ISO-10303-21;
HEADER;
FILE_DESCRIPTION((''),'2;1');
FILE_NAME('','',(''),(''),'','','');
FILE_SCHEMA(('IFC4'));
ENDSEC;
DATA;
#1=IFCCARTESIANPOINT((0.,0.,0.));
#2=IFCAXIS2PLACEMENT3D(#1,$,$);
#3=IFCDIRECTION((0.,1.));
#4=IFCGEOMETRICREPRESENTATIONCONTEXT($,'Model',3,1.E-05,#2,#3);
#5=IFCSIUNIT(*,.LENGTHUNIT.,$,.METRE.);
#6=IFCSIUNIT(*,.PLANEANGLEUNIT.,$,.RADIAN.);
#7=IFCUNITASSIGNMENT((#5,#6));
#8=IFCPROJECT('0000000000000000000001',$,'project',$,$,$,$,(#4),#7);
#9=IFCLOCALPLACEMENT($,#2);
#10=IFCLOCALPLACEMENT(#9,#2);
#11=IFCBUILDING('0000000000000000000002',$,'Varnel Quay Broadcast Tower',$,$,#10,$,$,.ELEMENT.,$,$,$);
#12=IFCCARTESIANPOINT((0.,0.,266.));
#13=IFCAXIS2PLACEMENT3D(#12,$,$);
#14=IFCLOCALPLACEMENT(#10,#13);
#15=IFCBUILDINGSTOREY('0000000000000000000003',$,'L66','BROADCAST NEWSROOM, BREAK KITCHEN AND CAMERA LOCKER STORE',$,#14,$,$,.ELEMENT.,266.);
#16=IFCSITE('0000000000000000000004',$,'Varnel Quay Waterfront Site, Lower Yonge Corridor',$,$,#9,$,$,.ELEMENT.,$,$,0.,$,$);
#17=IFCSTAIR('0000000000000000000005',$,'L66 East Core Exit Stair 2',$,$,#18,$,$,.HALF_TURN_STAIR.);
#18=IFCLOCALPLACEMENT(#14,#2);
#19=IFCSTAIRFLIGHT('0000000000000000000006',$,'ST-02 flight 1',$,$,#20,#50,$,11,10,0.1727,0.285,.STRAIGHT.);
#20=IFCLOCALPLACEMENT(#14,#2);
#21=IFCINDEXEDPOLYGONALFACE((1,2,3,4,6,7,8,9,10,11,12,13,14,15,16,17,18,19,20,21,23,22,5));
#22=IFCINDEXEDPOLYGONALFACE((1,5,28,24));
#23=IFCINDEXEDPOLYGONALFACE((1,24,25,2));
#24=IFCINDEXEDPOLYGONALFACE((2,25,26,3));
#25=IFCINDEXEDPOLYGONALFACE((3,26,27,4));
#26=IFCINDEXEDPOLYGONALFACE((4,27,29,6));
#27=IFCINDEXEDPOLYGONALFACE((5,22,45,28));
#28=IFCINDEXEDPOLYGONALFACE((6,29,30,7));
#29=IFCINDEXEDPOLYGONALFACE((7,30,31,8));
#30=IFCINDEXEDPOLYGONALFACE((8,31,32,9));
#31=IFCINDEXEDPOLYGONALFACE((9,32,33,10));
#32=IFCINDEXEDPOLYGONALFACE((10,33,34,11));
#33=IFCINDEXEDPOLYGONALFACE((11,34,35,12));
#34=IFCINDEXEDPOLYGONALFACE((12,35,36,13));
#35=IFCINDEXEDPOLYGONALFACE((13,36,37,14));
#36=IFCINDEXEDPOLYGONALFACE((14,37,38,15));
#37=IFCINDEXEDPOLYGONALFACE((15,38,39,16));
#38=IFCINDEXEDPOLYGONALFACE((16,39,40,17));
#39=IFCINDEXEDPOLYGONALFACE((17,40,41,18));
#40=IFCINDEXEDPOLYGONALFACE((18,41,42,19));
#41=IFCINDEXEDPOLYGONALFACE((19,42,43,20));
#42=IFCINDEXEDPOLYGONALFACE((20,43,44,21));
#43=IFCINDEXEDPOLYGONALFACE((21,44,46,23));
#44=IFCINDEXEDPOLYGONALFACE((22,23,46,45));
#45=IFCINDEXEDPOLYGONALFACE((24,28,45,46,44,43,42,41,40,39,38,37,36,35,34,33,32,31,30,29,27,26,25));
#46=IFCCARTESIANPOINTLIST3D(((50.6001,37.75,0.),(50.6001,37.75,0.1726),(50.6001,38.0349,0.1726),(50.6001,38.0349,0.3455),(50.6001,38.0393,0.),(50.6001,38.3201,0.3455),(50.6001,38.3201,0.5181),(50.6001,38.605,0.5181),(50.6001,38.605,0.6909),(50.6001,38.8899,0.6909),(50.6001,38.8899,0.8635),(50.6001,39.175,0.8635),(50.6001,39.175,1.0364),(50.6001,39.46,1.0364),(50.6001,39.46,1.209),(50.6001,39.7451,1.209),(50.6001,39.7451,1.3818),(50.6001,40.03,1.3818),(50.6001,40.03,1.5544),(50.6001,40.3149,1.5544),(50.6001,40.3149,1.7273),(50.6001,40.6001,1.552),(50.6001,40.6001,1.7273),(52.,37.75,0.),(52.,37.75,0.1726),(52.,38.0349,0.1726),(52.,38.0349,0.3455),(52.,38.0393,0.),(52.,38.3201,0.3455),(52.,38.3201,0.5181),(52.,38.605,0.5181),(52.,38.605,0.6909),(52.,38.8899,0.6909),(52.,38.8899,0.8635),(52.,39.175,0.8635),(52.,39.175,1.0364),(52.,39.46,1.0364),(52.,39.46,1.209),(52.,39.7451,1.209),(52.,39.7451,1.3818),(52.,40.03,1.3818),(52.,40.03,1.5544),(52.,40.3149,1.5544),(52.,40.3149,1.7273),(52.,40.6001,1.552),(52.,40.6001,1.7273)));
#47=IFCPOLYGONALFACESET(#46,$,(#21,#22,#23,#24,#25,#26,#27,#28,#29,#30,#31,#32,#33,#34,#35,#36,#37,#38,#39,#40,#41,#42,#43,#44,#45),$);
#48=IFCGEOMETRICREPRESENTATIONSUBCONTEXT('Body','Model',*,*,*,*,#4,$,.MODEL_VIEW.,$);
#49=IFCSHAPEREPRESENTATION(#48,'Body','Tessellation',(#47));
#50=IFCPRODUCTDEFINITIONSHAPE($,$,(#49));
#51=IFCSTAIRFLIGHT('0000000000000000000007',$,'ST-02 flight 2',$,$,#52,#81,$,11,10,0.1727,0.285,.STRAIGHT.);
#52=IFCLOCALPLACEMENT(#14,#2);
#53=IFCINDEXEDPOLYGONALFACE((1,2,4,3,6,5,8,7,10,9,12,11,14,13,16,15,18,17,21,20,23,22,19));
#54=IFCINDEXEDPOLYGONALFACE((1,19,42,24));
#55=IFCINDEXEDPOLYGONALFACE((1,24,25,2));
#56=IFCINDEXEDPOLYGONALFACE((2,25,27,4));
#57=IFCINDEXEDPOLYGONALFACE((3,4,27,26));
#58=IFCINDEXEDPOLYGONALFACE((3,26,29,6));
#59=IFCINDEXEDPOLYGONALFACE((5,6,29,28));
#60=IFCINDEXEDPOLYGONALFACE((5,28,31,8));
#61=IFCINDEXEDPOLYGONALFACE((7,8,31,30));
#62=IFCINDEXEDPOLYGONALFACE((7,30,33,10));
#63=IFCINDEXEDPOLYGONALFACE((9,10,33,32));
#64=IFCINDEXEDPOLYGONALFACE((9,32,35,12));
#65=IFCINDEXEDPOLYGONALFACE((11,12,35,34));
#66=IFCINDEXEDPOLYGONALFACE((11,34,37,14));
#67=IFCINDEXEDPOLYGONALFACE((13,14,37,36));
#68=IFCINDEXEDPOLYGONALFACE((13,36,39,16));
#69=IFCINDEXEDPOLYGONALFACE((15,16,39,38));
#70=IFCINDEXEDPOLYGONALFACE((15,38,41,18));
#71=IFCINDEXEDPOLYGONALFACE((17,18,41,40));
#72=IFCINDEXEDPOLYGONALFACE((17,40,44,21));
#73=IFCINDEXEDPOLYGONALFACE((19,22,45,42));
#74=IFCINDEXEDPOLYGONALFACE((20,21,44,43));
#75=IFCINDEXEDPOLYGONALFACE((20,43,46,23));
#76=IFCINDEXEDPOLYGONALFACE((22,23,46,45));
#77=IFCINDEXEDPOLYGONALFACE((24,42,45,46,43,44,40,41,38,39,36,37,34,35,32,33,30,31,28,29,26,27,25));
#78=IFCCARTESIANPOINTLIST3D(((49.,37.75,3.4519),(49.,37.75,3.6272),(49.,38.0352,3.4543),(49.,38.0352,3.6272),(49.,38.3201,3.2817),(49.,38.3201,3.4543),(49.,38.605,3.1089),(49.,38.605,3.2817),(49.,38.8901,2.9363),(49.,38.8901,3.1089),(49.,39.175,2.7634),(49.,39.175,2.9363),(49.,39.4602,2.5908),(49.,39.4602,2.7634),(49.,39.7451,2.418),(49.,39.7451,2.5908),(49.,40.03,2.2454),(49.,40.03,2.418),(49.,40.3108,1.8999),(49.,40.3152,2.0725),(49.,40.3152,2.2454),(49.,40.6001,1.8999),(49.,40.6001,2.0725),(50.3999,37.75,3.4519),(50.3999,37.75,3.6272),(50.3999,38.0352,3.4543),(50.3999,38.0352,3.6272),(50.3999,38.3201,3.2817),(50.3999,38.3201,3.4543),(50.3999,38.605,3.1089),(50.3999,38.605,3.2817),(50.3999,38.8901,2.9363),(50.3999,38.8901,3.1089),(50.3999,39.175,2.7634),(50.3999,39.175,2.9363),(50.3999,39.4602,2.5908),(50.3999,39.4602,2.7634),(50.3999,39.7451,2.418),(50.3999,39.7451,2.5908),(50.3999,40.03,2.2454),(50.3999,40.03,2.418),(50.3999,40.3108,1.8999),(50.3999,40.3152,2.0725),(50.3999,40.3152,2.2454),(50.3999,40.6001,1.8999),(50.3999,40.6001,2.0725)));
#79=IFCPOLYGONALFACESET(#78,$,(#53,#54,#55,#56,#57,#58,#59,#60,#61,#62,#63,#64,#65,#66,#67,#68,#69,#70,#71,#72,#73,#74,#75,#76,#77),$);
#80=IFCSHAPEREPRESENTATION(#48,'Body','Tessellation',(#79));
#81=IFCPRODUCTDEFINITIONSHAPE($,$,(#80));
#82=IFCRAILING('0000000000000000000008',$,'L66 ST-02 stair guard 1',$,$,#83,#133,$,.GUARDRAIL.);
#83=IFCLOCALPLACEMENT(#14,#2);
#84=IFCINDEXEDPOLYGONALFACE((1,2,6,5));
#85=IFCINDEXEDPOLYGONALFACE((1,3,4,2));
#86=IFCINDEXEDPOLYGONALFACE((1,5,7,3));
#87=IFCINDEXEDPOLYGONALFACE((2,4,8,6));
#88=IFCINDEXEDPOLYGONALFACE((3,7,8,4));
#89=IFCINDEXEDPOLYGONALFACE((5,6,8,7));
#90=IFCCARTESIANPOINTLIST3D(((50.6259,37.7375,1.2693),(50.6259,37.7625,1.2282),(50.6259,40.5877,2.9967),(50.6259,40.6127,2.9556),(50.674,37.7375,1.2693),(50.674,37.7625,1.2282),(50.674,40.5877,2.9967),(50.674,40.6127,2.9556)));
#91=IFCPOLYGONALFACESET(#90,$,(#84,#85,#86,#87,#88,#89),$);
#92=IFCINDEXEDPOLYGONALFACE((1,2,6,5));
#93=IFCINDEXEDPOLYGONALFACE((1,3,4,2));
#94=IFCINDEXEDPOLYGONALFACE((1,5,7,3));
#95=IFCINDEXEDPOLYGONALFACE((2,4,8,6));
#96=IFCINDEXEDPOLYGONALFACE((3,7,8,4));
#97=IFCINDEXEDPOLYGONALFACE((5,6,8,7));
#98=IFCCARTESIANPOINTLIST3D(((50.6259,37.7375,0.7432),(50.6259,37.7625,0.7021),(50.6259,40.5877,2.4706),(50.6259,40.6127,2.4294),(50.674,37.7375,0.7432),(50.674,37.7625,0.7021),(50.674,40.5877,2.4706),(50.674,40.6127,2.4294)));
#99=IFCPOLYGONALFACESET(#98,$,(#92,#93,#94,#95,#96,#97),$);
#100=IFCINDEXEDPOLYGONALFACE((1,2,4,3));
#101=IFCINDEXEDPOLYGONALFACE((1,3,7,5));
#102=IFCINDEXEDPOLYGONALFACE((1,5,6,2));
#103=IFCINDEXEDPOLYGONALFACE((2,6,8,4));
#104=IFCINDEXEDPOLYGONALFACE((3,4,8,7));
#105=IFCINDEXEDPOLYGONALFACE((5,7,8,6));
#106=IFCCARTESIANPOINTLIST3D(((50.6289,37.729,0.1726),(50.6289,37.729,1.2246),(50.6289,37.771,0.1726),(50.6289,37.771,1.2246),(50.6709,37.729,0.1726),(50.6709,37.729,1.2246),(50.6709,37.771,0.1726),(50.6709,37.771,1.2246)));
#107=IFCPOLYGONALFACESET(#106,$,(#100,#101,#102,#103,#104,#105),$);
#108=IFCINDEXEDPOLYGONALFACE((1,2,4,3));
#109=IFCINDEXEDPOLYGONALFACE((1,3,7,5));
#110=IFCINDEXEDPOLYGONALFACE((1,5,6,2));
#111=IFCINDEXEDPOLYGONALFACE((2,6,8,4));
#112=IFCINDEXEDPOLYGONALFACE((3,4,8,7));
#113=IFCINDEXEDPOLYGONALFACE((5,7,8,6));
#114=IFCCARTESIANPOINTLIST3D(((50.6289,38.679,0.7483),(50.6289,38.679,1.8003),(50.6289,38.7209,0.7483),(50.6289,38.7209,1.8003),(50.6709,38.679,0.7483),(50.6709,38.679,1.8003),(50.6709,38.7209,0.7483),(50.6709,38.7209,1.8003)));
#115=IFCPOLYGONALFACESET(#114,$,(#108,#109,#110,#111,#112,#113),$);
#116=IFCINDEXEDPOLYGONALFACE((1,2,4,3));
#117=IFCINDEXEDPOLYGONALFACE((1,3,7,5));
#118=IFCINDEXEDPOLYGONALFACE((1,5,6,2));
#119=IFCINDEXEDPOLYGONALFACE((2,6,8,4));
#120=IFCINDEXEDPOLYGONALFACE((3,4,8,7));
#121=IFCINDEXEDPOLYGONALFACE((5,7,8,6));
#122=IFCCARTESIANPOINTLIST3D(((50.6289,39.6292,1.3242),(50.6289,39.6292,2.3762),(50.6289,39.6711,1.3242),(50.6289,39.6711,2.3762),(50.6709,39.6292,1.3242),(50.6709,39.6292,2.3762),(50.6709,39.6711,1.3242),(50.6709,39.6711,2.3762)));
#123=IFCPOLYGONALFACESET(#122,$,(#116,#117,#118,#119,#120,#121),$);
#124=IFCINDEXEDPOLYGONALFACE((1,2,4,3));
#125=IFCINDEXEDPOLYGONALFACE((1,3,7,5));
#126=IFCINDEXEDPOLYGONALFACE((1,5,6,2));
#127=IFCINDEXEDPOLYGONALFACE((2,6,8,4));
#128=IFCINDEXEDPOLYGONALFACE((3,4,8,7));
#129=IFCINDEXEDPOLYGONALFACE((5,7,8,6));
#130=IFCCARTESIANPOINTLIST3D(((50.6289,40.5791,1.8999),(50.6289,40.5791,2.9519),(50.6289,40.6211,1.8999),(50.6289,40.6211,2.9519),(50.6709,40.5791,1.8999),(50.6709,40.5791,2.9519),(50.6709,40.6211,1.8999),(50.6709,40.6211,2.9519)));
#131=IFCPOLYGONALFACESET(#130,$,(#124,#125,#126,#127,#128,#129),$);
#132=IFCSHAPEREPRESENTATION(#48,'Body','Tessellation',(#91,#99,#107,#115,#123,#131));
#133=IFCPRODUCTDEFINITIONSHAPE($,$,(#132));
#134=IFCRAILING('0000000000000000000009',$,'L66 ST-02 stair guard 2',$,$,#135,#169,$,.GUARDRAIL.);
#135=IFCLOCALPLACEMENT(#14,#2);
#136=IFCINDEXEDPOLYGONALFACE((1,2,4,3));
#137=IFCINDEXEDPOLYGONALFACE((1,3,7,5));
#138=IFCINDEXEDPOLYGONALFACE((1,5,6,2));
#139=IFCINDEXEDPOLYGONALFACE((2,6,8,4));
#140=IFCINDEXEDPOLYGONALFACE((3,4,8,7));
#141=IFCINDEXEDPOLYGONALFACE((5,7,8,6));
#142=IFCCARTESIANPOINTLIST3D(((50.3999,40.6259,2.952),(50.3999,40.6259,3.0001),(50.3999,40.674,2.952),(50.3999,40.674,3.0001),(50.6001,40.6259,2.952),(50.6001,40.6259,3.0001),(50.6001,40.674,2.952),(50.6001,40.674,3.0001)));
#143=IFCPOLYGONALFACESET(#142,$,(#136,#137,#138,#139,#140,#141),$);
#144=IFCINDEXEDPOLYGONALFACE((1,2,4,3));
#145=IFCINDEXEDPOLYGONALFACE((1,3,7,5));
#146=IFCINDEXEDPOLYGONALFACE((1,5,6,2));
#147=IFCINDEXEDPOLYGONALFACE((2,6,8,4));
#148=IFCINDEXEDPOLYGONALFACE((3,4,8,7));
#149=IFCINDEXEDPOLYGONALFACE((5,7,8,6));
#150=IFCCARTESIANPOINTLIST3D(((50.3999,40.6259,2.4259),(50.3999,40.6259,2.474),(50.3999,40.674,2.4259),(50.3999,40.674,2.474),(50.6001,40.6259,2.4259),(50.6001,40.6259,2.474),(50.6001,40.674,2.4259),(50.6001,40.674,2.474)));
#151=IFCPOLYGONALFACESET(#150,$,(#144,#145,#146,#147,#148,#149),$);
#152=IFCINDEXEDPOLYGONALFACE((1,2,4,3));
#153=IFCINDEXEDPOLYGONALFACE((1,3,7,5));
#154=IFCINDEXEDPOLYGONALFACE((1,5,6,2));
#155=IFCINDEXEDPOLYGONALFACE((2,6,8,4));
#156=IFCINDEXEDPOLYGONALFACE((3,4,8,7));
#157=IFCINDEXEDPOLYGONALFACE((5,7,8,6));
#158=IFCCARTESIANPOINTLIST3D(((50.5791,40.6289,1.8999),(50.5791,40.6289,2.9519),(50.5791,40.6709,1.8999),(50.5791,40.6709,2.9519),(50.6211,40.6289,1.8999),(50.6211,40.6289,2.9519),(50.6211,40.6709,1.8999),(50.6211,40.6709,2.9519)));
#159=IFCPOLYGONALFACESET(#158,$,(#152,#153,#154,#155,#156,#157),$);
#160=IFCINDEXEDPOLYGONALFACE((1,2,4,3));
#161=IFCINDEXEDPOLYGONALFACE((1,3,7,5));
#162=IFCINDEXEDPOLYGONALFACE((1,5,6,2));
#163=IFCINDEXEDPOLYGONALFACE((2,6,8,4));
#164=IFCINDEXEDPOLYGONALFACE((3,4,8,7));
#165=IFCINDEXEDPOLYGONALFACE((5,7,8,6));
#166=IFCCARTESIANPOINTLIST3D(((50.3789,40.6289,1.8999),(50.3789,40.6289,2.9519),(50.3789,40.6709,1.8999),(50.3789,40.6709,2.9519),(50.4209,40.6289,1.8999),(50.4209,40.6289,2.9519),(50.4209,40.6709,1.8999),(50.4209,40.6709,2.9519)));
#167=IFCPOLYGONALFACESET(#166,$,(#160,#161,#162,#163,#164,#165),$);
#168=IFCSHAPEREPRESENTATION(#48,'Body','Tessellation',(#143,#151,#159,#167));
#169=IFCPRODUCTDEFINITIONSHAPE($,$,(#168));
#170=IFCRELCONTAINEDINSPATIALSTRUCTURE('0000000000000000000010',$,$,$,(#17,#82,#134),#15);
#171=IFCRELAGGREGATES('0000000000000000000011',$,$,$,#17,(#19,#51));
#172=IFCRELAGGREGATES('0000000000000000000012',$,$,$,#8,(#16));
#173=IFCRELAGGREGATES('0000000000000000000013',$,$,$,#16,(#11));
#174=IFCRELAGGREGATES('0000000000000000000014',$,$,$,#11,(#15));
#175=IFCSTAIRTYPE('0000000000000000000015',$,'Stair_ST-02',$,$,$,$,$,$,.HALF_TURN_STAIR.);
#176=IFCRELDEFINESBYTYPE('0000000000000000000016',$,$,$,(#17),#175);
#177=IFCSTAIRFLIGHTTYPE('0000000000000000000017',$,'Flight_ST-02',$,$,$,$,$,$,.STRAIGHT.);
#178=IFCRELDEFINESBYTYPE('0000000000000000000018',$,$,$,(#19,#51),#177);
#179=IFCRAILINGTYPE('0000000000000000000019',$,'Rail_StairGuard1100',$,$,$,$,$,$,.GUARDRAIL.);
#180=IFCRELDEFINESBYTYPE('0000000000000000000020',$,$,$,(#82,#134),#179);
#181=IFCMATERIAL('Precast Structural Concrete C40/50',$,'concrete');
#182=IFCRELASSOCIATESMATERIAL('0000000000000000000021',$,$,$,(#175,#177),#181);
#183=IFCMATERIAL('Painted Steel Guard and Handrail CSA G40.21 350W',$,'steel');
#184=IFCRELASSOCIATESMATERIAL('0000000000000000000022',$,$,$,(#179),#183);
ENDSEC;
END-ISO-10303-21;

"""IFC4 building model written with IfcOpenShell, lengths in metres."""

from ifc_helpers import new_model, si_unit, direction, frame, origin, origin_2d, place, context, subcontext, project, spatial, polyline, rectangle, outline, extrude, material, type_object, element, aggregate, save


model = new_model("IFC4")

# Units and contexts
model_context = context("Model", 3, precision=1e-05, world=origin(), true_north=direction((0.0, 1.0)))
body_context = subcontext(model_context, "Body", "Model", "MODEL_VIEW")
ifc_project = project(units=[si_unit("LENGTHUNIT", "METRE"), si_unit("PLANEANGLEUNIT", "RADIAN")], contexts=[model_context])

# Site, building, storey
site_placement = place(None, origin())
site = spatial("IfcSite", under=ifc_project, at=site_placement, Name="Varnel Quay Waterfront Site, Lower Yonge Corridor", CompositionType="ELEMENT", RefElevation=0.0)
building_placement = place(site_placement, origin())
building = spatial("IfcBuilding", under=site, at=building_placement, Name="Varnel Quay Broadcast Tower", CompositionType="ELEMENT")
storey_placement = place(building_placement, frame((0.0, 0.0, 266.0)))
storey = spatial("IfcBuildingStorey", under=building, at=storey_placement, Name="L66", Description="BROADCAST NEWSROOM, BREAK KITCHEN AND CAMERA LOCKER STORE", CompositionType="ELEMENT", Elevation=266.0)

# Stair, stair flights
ifc_material_1 = material(Name="Precast Structural Concrete C40/50", Category="concrete")
stair_type = type_object("IfcStairType", Name="Stair_ST-02", PredefinedType="HALF_TURN_STAIR", material=ifc_material_1)
stair_placement = place(storey_placement, origin())
stair = element("IfcStair", 1, at=stair_placement, inside=storey, type_object=stair_type, Name="L66 East Core Exit Stair 2", PredefinedType="HALF_TURN_STAIR")
stair_flight_type = type_object("IfcStairFlightType", Name="Flight_ST-02", PredefinedType="STRAIGHT", material=ifc_material_1)
stair_flight_1_placement = place(storey_placement, frame((51.3, 37.75, 0.0), z_axis=(0.0, 0.0, 1.0), x_axis=(0.0, 1.0, 0.0)))
stair_flight_1 = element("IfcStairFlight", 2, at=stair_flight_1_placement, type_object=stair_flight_type, Name="ST-02 flight 1", NumberOfRisers=11, NumberOfTreads=10, PredefinedType="STRAIGHT", RiserHeight=0.1727, TreadLength=0.285, context=body_context, shape_type="SweptSolid", body=[
    extrude(outline(polyline([(0.0, 0.0), (0.0, 0.1726), (0.2849, 0.1726), (0.2849, 0.3455), (0.5701, 0.3455), (0.5701, 0.5181), (0.855, 0.5181), (0.855, 0.6909), (1.1399, 0.6909), (1.1399, 0.8635), (1.425, 0.8635), (1.425, 1.0364), (1.71, 1.0364), (1.71, 1.209), (1.9951, 1.209), (1.9951, 1.3818), (2.28, 1.3818), (2.28, 1.5544), (2.5649, 1.5544), (2.5649, 1.7273), (2.8501, 1.7273), (2.8501, 1.8999), (2.8501, 1.552), (0.2893, 0.0), (0.0, 0.0)])), frame((0.0, 0.7, 0.0), z_axis=(0.0, -1.0, 0.0), x_axis=(1.0, 0.0, 0.0)), (0.0, 0.0, 1.0), 1.3999),
])
stair_flight_2_placement = place(storey_placement, frame((49.7, 40.6001, 1.8999), z_axis=(0.0, 0.0, 1.0), x_axis=(0.0, -1.0, 0.0)))
stair_flight_2 = element("IfcStairFlight", 3, at=stair_flight_2_placement, type_object=stair_flight_type, Name="ST-02 flight 2", NumberOfRisers=11, NumberOfTreads=10, PredefinedType="STRAIGHT", RiserHeight=0.1727, TreadLength=0.285, context=body_context, shape_type="SweptSolid", body=[
    extrude(outline(polyline([(0.0, 0.0), (0.0, 0.1726), (0.2849, 0.1726), (0.2849, 0.3455), (0.5701, 0.3455), (0.5701, 0.5181), (0.855, 0.5181), (0.855, 0.6909), (1.1399, 0.6909), (1.1399, 0.8635), (1.425, 0.8635), (1.425, 1.0364), (1.71, 1.0364), (1.71, 1.209), (1.9951, 1.209), (1.9951, 1.3818), (2.28, 1.3818), (2.28, 1.5544), (2.5649, 1.5544), (2.5649, 1.7273), (2.8501, 1.7273), (2.8501, 1.8999), (2.8501, 1.552), (0.2893, 0.0), (0.0, 0.0)])), frame((0.0, 0.7, 0.0), z_axis=(0.0, -1.0, 0.0), x_axis=(1.0, 0.0, 0.0)), (0.0, 0.0, 1.0), 1.3999),
])
aggregate(stair, [stair_flight_1, stair_flight_2])

# Railings
ifc_material_2 = material(Name="Painted Steel Guard and Handrail CSA G40.21 350W", Category="steel")
railing_type_1 = type_object("IfcRailingType", Name="Rail_StairGuard1100", PredefinedType="GUARDRAIL", material=ifc_material_2)
railing_1_placement = place(storey_placement, frame((50.6499, 37.75, 0.1726)))
element("IfcRailing", 4, at=railing_1_placement, inside=storey, type_object=railing_type_1, Name="L66 ST-02 stair guard 1", PredefinedType="GUARDRAIL", context=body_context, shape_type="SweptSolid", body=[
    extrude(rectangle(XDim=0.0481, YDim=0.0481, at=origin_2d()), frame((0.0, 0.0, 1.0762), z_axis=(0.0, 0.855203, 0.518294), x_axis=(-1.0, 0.0, 0.0)), (0.0, 0.0, 1.0), 3.3328),
    extrude(rectangle(XDim=0.0481, YDim=0.0481, at=origin_2d()), frame((0.0, 0.0, 0.55), z_axis=(0.0, 0.855203, 0.518294), x_axis=(-1.0, 0.0, 0.0)), (0.0, 0.0, 1.0), 3.3328),
    extrude(rectangle(XDim=0.042, YDim=0.042, at=origin_2d()), origin(), (0.0, 0.0, 1.0), 1.052),
    extrude(rectangle(XDim=0.042, YDim=0.042, at=origin_2d()), frame((0.0, 0.95, 0.5757)), (0.0, 0.0, 1.0), 1.052),
    extrude(rectangle(XDim=0.042, YDim=0.042, at=origin_2d()), frame((0.0, 1.9001, 1.1516)), (0.0, 0.0, 1.0), 1.052),
    extrude(rectangle(XDim=0.042, YDim=0.042, at=origin_2d()), frame((0.0, 2.8501, 1.7273)), (0.0, 0.0, 1.0), 1.052),
])
railing_2_placement = place(storey_placement, frame((50.6001, 40.6499, 1.8999)))
element("IfcRailing", 5, at=railing_2_placement, inside=storey, type_object=railing_type_1, Name="L66 ST-02 stair guard 2", PredefinedType="GUARDRAIL", context=body_context, shape_type="SweptSolid", body=[
    extrude(rectangle(XDim=0.0481, YDim=0.0481, at=origin_2d()), frame((0.0, 0.0, 1.0762), z_axis=(-1.0, 0.0, 0.0), x_axis=(0.0, -1.0, 0.0)), (0.0, 0.0, 1.0), 0.2002),
    extrude(rectangle(XDim=0.0481, YDim=0.0481, at=origin_2d()), frame((0.0, 0.0, 0.55), z_axis=(-1.0, 0.0, 0.0), x_axis=(0.0, -1.0, 0.0)), (0.0, 0.0, 1.0), 0.2002),
    extrude(rectangle(XDim=0.042, YDim=0.042, at=origin_2d()), origin(), (0.0, 0.0, 1.0), 1.052),
    extrude(rectangle(XDim=0.042, YDim=0.042, at=origin_2d()), frame((-0.2002, 0.0, 0.0)), (0.0, 0.0, 1.0), 1.052),
])

save(model, "model.ifc")
